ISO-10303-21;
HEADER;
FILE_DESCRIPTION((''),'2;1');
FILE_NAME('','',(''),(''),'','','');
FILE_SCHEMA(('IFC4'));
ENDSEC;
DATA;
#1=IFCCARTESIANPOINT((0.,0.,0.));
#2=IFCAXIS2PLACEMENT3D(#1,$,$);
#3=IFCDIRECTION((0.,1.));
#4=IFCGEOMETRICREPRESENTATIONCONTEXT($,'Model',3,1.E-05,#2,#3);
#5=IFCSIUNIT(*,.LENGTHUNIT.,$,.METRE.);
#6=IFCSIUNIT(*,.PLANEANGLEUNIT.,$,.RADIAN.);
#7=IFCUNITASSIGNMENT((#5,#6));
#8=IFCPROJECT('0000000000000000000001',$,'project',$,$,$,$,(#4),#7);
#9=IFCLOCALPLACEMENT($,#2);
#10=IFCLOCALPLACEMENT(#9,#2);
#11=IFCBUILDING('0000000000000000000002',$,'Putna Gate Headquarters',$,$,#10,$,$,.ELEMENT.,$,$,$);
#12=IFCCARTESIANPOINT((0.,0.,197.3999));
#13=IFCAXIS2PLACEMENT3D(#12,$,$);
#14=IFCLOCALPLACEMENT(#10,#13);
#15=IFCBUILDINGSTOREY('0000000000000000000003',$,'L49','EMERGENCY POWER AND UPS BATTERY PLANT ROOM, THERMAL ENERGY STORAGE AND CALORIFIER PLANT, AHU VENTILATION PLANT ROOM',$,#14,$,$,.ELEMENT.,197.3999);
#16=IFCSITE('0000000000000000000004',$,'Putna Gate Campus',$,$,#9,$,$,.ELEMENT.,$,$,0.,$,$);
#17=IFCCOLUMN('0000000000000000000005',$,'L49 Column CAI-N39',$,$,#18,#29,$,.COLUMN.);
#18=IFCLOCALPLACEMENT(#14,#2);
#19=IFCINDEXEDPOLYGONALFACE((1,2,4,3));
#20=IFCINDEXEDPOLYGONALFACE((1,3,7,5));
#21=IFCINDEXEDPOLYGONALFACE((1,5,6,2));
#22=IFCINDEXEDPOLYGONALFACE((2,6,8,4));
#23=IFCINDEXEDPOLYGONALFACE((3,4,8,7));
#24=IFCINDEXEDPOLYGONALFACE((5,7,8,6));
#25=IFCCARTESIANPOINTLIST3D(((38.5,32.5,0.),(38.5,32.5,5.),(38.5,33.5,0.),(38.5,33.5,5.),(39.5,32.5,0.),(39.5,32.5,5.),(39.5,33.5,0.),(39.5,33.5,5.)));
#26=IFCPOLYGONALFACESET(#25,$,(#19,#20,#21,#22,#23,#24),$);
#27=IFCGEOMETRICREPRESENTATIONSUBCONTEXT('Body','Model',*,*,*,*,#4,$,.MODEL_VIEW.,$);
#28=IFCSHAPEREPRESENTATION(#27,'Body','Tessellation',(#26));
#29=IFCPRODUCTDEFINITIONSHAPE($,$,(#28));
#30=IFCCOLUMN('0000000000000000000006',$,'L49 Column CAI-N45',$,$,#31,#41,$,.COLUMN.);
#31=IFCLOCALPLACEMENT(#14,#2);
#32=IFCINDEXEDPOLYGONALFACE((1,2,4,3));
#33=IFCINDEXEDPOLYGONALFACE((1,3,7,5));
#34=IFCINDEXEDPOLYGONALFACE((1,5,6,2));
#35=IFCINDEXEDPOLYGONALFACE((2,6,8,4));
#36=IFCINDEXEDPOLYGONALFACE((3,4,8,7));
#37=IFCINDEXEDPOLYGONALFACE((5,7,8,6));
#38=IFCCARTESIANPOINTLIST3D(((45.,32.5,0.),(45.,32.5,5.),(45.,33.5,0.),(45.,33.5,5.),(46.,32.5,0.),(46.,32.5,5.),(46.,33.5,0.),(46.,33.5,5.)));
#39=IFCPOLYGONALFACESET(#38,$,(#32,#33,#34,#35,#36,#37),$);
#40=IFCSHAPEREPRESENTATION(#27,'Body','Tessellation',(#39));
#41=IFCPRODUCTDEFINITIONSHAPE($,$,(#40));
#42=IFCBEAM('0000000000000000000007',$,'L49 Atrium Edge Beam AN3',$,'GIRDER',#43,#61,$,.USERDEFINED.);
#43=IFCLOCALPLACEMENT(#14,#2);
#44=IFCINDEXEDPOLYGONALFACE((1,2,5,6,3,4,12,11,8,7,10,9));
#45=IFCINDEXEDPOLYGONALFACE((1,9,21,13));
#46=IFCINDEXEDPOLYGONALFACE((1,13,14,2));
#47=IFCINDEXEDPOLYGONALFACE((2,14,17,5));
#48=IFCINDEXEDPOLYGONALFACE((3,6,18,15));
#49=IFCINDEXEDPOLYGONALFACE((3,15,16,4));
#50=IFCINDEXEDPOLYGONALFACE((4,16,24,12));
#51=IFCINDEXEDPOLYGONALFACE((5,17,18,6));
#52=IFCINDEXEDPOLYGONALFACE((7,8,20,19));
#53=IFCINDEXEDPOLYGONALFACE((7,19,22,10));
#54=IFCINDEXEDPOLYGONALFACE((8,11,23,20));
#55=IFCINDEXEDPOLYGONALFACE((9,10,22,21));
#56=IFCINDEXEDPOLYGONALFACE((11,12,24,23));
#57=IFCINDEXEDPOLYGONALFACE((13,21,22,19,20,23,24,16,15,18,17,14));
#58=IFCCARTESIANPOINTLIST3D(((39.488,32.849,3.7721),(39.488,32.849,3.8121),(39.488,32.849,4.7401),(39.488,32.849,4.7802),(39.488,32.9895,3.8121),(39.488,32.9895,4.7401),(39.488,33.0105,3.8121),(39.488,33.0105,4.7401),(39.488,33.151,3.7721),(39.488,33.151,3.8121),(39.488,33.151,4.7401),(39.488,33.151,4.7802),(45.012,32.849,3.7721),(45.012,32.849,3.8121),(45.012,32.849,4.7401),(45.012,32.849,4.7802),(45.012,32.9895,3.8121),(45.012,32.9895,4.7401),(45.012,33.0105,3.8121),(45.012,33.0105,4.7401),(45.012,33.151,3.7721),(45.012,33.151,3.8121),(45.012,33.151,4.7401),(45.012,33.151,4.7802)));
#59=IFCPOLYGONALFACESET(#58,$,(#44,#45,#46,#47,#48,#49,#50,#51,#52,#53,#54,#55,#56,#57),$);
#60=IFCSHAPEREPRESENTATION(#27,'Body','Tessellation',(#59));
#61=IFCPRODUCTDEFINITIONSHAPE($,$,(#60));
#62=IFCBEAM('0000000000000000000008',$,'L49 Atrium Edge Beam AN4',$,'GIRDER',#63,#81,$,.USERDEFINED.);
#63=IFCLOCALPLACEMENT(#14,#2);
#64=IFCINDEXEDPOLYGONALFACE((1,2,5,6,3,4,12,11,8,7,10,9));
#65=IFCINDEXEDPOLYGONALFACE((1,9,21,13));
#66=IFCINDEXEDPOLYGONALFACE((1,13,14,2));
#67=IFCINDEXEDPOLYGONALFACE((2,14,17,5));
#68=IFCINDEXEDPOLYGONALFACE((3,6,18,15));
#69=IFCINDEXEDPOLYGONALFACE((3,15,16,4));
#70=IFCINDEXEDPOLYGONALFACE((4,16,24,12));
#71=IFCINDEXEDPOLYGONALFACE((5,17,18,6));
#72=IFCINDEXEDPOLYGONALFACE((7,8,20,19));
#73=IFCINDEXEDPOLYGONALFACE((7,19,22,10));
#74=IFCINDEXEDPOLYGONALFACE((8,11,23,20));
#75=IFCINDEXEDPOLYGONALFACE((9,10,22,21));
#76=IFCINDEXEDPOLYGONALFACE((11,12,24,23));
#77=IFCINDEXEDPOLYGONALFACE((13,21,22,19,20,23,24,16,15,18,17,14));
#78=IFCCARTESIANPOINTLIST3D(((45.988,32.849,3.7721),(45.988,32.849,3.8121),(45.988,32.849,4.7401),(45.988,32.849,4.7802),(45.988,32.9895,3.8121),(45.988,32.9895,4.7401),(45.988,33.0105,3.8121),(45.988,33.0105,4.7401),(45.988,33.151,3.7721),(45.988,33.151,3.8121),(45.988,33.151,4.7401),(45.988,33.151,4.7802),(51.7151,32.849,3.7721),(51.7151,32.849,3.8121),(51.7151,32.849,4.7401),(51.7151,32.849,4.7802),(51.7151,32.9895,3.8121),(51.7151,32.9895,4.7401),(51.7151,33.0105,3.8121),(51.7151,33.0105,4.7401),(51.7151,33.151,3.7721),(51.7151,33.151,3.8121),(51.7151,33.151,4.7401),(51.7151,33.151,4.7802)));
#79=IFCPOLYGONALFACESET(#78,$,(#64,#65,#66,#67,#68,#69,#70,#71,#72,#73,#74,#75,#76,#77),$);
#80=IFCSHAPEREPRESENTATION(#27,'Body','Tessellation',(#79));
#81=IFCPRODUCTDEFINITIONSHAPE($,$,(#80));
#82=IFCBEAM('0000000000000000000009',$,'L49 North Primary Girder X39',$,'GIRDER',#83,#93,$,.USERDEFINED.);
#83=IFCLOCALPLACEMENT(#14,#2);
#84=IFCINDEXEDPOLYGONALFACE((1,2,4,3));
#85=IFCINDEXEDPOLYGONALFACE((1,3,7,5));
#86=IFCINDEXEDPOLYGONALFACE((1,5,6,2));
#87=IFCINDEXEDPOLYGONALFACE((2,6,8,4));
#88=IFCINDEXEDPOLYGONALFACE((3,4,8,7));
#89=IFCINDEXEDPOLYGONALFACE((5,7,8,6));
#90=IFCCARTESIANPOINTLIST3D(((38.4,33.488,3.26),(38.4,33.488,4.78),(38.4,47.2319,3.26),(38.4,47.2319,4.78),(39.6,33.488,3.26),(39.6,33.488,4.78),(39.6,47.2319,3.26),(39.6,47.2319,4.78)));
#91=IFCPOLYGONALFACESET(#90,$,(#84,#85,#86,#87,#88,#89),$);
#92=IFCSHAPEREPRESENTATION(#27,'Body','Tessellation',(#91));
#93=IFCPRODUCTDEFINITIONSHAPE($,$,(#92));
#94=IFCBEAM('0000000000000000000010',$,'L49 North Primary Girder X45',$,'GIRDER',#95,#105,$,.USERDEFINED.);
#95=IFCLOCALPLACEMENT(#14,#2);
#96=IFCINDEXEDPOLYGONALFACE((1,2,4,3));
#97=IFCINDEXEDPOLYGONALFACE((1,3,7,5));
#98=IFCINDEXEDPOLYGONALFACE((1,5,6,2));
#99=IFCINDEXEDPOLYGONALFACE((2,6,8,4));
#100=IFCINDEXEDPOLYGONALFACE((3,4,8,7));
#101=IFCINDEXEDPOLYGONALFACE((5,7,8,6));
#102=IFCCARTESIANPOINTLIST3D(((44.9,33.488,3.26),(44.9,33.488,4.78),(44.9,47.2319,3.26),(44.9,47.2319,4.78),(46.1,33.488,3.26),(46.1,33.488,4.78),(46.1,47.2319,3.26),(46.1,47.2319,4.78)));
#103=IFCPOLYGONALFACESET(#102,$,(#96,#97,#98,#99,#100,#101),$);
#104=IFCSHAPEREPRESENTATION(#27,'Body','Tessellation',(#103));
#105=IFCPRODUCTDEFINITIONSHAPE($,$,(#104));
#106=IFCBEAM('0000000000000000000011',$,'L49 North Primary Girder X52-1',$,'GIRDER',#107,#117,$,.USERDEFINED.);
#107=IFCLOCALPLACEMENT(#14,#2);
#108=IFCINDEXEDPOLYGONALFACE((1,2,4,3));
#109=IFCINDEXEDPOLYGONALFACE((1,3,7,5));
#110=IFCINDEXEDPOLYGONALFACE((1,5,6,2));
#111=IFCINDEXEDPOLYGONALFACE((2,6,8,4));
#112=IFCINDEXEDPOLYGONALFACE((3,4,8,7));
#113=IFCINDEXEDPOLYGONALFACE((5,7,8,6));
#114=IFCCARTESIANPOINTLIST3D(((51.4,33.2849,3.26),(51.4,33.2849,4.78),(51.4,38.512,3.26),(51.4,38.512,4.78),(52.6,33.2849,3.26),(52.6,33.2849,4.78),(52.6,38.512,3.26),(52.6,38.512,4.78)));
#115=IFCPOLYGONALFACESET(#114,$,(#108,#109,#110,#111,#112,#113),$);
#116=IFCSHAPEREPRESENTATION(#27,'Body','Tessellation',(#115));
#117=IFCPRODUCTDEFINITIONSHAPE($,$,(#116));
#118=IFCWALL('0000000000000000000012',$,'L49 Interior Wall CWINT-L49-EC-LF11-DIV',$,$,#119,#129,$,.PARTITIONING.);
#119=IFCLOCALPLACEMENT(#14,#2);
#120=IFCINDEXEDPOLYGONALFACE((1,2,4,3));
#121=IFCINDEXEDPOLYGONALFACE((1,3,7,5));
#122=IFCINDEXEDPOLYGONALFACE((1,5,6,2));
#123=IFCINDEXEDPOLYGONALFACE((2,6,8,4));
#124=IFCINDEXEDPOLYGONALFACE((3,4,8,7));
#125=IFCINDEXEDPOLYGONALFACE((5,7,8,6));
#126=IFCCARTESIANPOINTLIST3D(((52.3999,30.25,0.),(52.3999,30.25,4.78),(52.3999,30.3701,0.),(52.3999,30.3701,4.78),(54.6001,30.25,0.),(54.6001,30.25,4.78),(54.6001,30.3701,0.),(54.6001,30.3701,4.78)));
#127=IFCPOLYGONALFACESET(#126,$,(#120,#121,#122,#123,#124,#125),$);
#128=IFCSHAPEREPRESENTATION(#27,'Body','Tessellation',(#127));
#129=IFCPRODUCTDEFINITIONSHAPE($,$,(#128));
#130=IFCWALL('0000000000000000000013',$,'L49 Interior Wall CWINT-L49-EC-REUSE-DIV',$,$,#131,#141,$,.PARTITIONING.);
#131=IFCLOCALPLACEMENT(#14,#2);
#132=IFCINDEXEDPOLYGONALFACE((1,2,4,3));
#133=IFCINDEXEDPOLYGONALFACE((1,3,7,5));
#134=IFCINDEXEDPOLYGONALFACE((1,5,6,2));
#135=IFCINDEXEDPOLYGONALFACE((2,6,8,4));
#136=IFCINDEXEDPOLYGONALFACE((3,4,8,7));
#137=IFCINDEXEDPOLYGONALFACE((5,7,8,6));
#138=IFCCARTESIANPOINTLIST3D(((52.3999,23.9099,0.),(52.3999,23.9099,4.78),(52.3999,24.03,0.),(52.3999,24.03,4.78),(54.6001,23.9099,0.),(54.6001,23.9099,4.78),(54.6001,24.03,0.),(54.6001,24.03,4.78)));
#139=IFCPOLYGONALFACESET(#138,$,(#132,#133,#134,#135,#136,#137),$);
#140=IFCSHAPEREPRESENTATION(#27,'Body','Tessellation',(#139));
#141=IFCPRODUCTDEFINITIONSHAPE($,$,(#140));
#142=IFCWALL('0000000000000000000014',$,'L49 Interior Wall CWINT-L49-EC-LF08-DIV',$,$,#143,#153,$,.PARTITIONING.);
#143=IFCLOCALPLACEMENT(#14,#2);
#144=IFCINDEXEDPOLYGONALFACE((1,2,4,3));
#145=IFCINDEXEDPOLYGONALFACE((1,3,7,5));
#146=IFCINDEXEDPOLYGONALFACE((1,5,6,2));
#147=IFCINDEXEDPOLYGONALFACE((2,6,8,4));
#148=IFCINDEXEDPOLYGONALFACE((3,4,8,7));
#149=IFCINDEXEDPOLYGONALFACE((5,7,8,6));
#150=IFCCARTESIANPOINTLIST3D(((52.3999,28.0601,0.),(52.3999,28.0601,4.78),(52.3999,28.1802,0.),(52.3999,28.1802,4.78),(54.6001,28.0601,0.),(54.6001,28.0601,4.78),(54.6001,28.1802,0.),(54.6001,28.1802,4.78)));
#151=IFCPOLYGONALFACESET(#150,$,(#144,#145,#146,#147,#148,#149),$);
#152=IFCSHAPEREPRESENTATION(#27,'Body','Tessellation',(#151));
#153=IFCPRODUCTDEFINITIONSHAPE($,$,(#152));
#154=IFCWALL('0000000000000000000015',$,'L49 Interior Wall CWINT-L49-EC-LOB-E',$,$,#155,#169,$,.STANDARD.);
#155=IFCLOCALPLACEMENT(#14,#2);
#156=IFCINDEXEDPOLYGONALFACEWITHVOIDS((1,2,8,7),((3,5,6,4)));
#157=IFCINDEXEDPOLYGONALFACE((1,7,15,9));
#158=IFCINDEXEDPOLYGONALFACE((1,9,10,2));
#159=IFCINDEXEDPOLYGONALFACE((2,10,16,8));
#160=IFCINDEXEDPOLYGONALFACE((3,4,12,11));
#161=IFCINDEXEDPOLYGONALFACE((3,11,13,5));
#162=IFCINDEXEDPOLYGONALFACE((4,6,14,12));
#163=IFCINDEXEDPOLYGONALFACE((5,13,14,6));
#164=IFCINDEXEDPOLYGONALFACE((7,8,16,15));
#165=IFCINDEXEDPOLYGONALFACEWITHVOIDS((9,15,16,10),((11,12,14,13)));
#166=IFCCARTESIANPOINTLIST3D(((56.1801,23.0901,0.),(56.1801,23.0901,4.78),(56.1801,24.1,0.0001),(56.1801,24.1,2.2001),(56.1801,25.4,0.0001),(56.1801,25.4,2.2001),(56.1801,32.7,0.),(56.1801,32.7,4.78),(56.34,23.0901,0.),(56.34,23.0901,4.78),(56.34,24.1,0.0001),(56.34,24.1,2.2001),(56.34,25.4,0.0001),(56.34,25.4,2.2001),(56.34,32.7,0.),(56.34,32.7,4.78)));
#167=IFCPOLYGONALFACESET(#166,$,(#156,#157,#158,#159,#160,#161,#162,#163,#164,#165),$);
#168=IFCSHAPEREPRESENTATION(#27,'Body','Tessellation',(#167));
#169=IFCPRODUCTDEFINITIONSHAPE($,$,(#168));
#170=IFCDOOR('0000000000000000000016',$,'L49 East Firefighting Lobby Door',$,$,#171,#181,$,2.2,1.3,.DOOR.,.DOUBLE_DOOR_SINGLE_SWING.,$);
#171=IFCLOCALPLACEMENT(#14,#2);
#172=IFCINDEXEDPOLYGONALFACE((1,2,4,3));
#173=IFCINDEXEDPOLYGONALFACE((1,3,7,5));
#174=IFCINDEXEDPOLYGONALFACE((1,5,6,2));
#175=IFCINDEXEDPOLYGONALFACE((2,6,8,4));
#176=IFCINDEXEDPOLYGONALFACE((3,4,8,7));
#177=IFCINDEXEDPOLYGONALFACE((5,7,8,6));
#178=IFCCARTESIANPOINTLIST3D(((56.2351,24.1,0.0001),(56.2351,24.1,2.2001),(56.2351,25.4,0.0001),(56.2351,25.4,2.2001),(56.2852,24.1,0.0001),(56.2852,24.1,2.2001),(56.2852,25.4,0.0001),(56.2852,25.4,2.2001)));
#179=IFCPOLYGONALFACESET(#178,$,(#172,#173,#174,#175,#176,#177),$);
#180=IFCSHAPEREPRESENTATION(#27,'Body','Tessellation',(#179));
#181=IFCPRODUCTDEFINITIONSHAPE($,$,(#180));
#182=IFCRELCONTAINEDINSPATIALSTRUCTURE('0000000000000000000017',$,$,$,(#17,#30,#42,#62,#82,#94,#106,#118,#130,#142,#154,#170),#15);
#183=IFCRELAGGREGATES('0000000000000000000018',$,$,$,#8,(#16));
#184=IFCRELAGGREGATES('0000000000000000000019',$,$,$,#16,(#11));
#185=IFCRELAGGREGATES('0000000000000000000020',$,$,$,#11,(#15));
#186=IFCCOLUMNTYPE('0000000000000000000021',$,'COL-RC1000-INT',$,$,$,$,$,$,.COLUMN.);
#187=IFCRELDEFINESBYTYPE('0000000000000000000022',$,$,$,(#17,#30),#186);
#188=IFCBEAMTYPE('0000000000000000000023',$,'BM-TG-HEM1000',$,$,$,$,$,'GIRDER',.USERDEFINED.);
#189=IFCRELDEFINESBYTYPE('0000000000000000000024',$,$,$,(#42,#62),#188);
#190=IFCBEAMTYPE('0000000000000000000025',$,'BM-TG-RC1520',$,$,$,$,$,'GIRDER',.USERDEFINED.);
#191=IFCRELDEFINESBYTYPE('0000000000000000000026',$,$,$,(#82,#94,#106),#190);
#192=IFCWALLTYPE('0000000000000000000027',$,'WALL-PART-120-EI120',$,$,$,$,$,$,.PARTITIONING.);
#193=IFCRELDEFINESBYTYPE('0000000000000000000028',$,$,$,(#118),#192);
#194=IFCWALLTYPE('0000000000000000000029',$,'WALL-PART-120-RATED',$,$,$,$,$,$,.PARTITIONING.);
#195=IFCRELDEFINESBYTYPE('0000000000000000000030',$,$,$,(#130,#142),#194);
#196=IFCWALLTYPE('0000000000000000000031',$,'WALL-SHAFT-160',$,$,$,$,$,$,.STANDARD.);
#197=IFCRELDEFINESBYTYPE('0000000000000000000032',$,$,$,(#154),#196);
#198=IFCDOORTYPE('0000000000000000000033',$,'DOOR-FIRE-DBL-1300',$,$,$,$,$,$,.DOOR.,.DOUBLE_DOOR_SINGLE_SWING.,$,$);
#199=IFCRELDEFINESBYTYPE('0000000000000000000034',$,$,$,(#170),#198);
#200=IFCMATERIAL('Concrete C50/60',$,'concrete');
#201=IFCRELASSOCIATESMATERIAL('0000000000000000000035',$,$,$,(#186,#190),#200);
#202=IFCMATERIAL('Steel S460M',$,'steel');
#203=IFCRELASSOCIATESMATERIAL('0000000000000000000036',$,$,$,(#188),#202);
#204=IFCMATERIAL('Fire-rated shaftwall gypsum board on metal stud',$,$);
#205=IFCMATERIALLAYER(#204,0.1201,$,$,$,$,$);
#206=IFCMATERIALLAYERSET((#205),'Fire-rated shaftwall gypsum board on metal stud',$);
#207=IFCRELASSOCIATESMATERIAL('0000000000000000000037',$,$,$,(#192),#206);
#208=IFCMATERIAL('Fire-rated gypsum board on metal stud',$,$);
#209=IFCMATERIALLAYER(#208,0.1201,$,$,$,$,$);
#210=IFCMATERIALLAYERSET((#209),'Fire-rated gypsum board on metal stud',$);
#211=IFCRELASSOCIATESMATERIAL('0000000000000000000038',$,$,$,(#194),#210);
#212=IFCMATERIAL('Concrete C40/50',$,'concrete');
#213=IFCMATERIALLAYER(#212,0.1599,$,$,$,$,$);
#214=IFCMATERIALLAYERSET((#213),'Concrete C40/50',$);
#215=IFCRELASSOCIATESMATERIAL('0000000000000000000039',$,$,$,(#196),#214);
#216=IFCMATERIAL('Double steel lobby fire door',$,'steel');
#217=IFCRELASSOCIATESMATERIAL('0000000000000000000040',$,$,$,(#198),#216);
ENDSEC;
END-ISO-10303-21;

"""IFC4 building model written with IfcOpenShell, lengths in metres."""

from ifc_helpers import new_model, si_unit, direction, frame, frame_2d, origin, origin_2d, place, context, subcontext, project, spatial, rectangle, i_section, extrude, material, layer, layer_set, material_profile, profile_set, type_object, element, fill, save


model = new_model("IFC4")

# Units and contexts
model_context = context("Model", 3, precision=1e-05, world=origin(), true_north=direction((0.0, 1.0)))
body_context = subcontext(model_context, "Body", "Model", "MODEL_VIEW")
ifc_project = project(units=[si_unit("LENGTHUNIT", "METRE"), si_unit("PLANEANGLEUNIT", "RADIAN")], contexts=[model_context])

# Site, building, storey
site_placement = place(None, origin())
site = spatial("IfcSite", under=ifc_project, at=site_placement, Name="Putna Gate Campus", CompositionType="ELEMENT", RefElevation=0.0)
building_placement = place(site_placement, origin())
building = spatial("IfcBuilding", under=site, at=building_placement, Name="Putna Gate Headquarters", CompositionType="ELEMENT")
storey_placement = place(building_placement, frame((0.0, 0.0, 197.3999)))
storey = spatial("IfcBuildingStorey", under=building, at=storey_placement, Name="L49", Description="EMERGENCY POWER AND UPS BATTERY PLANT ROOM, THERMAL ENERGY STORAGE AND CALORIFIER PLANT, AHU VENTILATION PLANT ROOM", CompositionType="ELEMENT", Elevation=197.3999)

# Columns
ifc_material_1 = material(Name="Concrete C50/60", Category="concrete")
ifc_material_profile_1 = material_profile(ifc_material_1, rectangle(XDim=1.0, YDim=1.0, at=origin_2d()), Name="Concrete C50/60")
ifc_profile_set_1 = profile_set([ifc_material_profile_1], Name="Concrete C50/60")
column_type = type_object("IfcColumnType", Name="COL-RC1000-INT", PredefinedType="COLUMN", material=ifc_profile_set_1)
for number, where, z_axis, x_axis, name in (
    (1, (39.0, 33.0, 0.0), (0.0, 0.0, 1.0), (1.0, 0.0, 0.0), "L49 Column CAI-N39"),
    (2, (45.5, 33.0, 0.0), (0.0, 0.0, 1.0), (1.0, 0.0, 0.0), "L49 Column CAI-N45"),
):
    element("IfcColumn", number, at=place(storey_placement, frame(where, z_axis=z_axis, x_axis=x_axis)), inside=storey, type_object=column_type, Name=name, PredefinedType="COLUMN", context=body_context, shape_type="SweptSolid", body=[
        extrude(rectangle(XDim=1.0, YDim=1.0, at=origin_2d()), origin(), (0.0, 0.0, 1.0), 5.0),
    ])

# Beams
ifc_material_2 = material(Name="Steel S460M", Category="steel")
ifc_material_profile_2 = material_profile(ifc_material_2, i_section(OverallWidth=0.302, OverallDepth=1.0081, WebThickness=0.021, FlangeThickness=0.04, at=origin_2d()), Name="Steel S460M")
ifc_profile_set_2 = profile_set([ifc_material_profile_2], Name="Steel S460M")
beam_type_1 = type_object("IfcBeamType", Name="BM-TG-HEM1000", ElementType="GIRDER", PredefinedType="USERDEFINED", material=ifc_profile_set_2)
beam_1_placement = place(storey_placement, frame((39.488, 33.0, 4.2761), z_axis=(1.0, 0.0, 0.0), x_axis=(0.0, 1.0, 0.0)))
element("IfcBeam", 3, at=beam_1_placement, inside=storey, type_object=beam_type_1, Name="L49 Atrium Edge Beam AN3", ObjectType="GIRDER", PredefinedType="USERDEFINED", context=body_context, shape_type="SweptSolid", body=[
    extrude(i_section(OverallWidth=0.302, OverallDepth=1.0081, WebThickness=0.021, FlangeThickness=0.04, at=origin_2d()), origin(), (0.0, 0.0, 1.0), 5.5239),
])
beam_2_placement = place(storey_placement, frame((45.988, 33.0, 4.2761), z_axis=(1.0, 0.0, 0.0), x_axis=(0.0, 1.0, 0.0)))
element("IfcBeam", 4, at=beam_2_placement, inside=storey, type_object=beam_type_1, Name="L49 Atrium Edge Beam AN4", ObjectType="GIRDER", PredefinedType="USERDEFINED", context=body_context, shape_type="SweptSolid", body=[
    extrude(i_section(OverallWidth=0.302, OverallDepth=1.0081, WebThickness=0.021, FlangeThickness=0.04, at=origin_2d()), origin(), (0.0, 0.0, 1.0), 5.7271),
])
ifc_material_profile_3 = material_profile(ifc_material_1, rectangle(XDim=1.2, YDim=1.52, at=origin_2d()), Name="Concrete C50/60")
ifc_profile_set_3 = profile_set([ifc_material_profile_3], Name="Concrete C50/60")
beam_type_2 = type_object("IfcBeamType", Name="BM-TG-RC1520", ElementType="GIRDER", PredefinedType="USERDEFINED", material=ifc_profile_set_3)
for number, where, z_axis, x_axis, name in (
    (5, (39.0, 33.488, 4.02), (0.0, 1.0, 0.0), (-1.0, 0.0, 0.0), "L49 North Primary Girder X39"),
    (6, (45.5, 33.488, 4.02), (0.0, 1.0, 0.0), (-1.0, 0.0, 0.0), "L49 North Primary Girder X45"),
):
    element("IfcBeam", number, at=place(storey_placement, frame(where, z_axis=z_axis, x_axis=x_axis)), inside=storey, type_object=beam_type_2, Name=name, ObjectType="GIRDER", PredefinedType="USERDEFINED", context=body_context, shape_type="SweptSolid", body=[
        extrude(rectangle(XDim=1.2, YDim=1.52, at=origin_2d()), origin(), (0.0, 0.0, 1.0), 13.7439),
    ])
beam_3_placement = place(storey_placement, frame((52.0, 33.2849, 4.02), z_axis=(0.0, 1.0, 0.0), x_axis=(-1.0, 0.0, 0.0)))
element("IfcBeam", 7, at=beam_3_placement, inside=storey, type_object=beam_type_2, Name="L49 North Primary Girder X52-1", ObjectType="GIRDER", PredefinedType="USERDEFINED", context=body_context, shape_type="SweptSolid", body=[
    extrude(rectangle(XDim=1.2, YDim=1.52, at=origin_2d()), origin(), (0.0, 0.0, 1.0), 5.2271),
])

# Walls
ifc_material_3 = material(Name="Fire-rated shaftwall gypsum board on metal stud")
ifc_layer_1 = layer(ifc_material_3, 0.1201)
ifc_layer_set_1 = layer_set([ifc_layer_1], Name="Fire-rated shaftwall gypsum board on metal stud")
wall_type_1 = type_object("IfcWallType", Name="WALL-PART-120-EI120", PredefinedType="PARTITIONING", material=ifc_layer_set_1)
wall_1_placement = place(storey_placement, frame((52.3999, 30.3101, 0.0), z_axis=(0.0, 0.0, 1.0), x_axis=(1.0, 0.0, 0.0)))
element("IfcWall", 8, at=wall_1_placement, inside=storey, type_object=wall_type_1, Name="L49 Interior Wall CWINT-L49-EC-LF11-DIV", PredefinedType="PARTITIONING", context=body_context, shape_type="SweptSolid", body=[
    extrude(rectangle(XDim=2.2002, YDim=0.1201, at=frame_2d((1.1001, 0.0))), origin(), (0.0, 0.0, 1.0), 4.78),
])
ifc_material_4 = material(Name="Fire-rated gypsum board on metal stud")
ifc_layer_2 = layer(ifc_material_4, 0.1201)
ifc_layer_set_2 = layer_set([ifc_layer_2], Name="Fire-rated gypsum board on metal stud")
wall_type_2 = type_object("IfcWallType", Name="WALL-PART-120-RATED", PredefinedType="PARTITIONING", material=ifc_layer_set_2)
for number, where, z_axis, x_axis, name in (
    (9, (52.3999, 23.97, 0.0), (0.0, 0.0, 1.0), (1.0, 0.0, 0.0), "L49 Interior Wall CWINT-L49-EC-REUSE-DIV"),
    (10, (52.3999, 28.1201, 0.0), (0.0, 0.0, 1.0), (1.0, 0.0, 0.0), "L49 Interior Wall CWINT-L49-EC-LF08-DIV"),
):
    element("IfcWall", number, at=place(storey_placement, frame(where, z_axis=z_axis, x_axis=x_axis)), inside=storey, type_object=wall_type_2, Name=name, PredefinedType="PARTITIONING", context=body_context, shape_type="SweptSolid", body=[
        extrude(rectangle(XDim=2.2002, YDim=0.1201, at=frame_2d((1.1001, 0.0))), origin(), (0.0, 0.0, 1.0), 4.78),
    ])

# Wall, opening, door
ifc_material_5 = material(Name="Concrete C40/50", Category="concrete")
ifc_layer_3 = layer(ifc_material_5, 0.1599)
ifc_layer_set_3 = layer_set([ifc_layer_3], Name="Concrete C40/50")
wall_type_3 = type_object("IfcWallType", Name="WALL-SHAFT-160", PredefinedType="STANDARD", material=ifc_layer_set_3)
wall_2_placement = place(storey_placement, frame((56.26, 23.0901, 0.0), z_axis=(0.0, 0.0, 1.0), x_axis=(0.0, 1.0, 0.0)))
wall_2 = element("IfcWall", 11, at=wall_2_placement, inside=storey, type_object=wall_type_3, Name="L49 Interior Wall CWINT-L49-EC-LOB-E", PredefinedType="STANDARD", context=body_context, shape_type="SweptSolid", body=[
    extrude(rectangle(XDim=9.6099, YDim=0.1599, at=frame_2d((4.8049, 0.0))), origin(), (0.0, 0.0, 1.0), 4.78),
])
opening_1_placement = place(wall_2_placement, frame((1.01, 0.0, 0.0)))
opening_1 = element("IfcOpeningElement", 12, at=opening_1_placement, cuts=wall_2, PredefinedType="OPENING", context=body_context, shape_type="SweptSolid", body=[
    extrude(rectangle(XDim=1.3, YDim=2.2, at=frame_2d((0.6499, 1.1001))), frame((0.0, 0.0898, 0.0), z_axis=(0.0, -1.0, 0.0), x_axis=(1.0, 0.0, 0.0)), (0.0, 0.0, 1.0), 0.1799),
])
ifc_material_6 = material(Name="Double steel lobby fire door", Category="steel")
door_type_1 = type_object("IfcDoorType", Name="DOOR-FIRE-DBL-1300", OperationType="DOUBLE_DOOR_SINGLE_SWING", PredefinedType="DOOR", material=ifc_material_6)
door_1_placement = place(opening_1_placement, origin())
door_1 = element("IfcDoor", 13, at=door_1_placement, inside=storey, type_object=door_type_1, Name="L49 East Firefighting Lobby Door", OperationType="DOUBLE_DOOR_SINGLE_SWING", OverallHeight=2.2, OverallWidth=1.3, PredefinedType="DOOR", context=body_context, shape_type="SweptSolid", body=[
    extrude(rectangle(XDim=1.3, YDim=2.2, at=frame_2d((0.6499, 1.1001))), frame((0.0, 0.0249, 0.0), z_axis=(0.0, -1.0, 0.0), x_axis=(1.0, 0.0, 0.0)), (0.0, 0.0, 1.0), 0.05),
])
fill(opening_1, door_1)

save(model, "model.ifc")
